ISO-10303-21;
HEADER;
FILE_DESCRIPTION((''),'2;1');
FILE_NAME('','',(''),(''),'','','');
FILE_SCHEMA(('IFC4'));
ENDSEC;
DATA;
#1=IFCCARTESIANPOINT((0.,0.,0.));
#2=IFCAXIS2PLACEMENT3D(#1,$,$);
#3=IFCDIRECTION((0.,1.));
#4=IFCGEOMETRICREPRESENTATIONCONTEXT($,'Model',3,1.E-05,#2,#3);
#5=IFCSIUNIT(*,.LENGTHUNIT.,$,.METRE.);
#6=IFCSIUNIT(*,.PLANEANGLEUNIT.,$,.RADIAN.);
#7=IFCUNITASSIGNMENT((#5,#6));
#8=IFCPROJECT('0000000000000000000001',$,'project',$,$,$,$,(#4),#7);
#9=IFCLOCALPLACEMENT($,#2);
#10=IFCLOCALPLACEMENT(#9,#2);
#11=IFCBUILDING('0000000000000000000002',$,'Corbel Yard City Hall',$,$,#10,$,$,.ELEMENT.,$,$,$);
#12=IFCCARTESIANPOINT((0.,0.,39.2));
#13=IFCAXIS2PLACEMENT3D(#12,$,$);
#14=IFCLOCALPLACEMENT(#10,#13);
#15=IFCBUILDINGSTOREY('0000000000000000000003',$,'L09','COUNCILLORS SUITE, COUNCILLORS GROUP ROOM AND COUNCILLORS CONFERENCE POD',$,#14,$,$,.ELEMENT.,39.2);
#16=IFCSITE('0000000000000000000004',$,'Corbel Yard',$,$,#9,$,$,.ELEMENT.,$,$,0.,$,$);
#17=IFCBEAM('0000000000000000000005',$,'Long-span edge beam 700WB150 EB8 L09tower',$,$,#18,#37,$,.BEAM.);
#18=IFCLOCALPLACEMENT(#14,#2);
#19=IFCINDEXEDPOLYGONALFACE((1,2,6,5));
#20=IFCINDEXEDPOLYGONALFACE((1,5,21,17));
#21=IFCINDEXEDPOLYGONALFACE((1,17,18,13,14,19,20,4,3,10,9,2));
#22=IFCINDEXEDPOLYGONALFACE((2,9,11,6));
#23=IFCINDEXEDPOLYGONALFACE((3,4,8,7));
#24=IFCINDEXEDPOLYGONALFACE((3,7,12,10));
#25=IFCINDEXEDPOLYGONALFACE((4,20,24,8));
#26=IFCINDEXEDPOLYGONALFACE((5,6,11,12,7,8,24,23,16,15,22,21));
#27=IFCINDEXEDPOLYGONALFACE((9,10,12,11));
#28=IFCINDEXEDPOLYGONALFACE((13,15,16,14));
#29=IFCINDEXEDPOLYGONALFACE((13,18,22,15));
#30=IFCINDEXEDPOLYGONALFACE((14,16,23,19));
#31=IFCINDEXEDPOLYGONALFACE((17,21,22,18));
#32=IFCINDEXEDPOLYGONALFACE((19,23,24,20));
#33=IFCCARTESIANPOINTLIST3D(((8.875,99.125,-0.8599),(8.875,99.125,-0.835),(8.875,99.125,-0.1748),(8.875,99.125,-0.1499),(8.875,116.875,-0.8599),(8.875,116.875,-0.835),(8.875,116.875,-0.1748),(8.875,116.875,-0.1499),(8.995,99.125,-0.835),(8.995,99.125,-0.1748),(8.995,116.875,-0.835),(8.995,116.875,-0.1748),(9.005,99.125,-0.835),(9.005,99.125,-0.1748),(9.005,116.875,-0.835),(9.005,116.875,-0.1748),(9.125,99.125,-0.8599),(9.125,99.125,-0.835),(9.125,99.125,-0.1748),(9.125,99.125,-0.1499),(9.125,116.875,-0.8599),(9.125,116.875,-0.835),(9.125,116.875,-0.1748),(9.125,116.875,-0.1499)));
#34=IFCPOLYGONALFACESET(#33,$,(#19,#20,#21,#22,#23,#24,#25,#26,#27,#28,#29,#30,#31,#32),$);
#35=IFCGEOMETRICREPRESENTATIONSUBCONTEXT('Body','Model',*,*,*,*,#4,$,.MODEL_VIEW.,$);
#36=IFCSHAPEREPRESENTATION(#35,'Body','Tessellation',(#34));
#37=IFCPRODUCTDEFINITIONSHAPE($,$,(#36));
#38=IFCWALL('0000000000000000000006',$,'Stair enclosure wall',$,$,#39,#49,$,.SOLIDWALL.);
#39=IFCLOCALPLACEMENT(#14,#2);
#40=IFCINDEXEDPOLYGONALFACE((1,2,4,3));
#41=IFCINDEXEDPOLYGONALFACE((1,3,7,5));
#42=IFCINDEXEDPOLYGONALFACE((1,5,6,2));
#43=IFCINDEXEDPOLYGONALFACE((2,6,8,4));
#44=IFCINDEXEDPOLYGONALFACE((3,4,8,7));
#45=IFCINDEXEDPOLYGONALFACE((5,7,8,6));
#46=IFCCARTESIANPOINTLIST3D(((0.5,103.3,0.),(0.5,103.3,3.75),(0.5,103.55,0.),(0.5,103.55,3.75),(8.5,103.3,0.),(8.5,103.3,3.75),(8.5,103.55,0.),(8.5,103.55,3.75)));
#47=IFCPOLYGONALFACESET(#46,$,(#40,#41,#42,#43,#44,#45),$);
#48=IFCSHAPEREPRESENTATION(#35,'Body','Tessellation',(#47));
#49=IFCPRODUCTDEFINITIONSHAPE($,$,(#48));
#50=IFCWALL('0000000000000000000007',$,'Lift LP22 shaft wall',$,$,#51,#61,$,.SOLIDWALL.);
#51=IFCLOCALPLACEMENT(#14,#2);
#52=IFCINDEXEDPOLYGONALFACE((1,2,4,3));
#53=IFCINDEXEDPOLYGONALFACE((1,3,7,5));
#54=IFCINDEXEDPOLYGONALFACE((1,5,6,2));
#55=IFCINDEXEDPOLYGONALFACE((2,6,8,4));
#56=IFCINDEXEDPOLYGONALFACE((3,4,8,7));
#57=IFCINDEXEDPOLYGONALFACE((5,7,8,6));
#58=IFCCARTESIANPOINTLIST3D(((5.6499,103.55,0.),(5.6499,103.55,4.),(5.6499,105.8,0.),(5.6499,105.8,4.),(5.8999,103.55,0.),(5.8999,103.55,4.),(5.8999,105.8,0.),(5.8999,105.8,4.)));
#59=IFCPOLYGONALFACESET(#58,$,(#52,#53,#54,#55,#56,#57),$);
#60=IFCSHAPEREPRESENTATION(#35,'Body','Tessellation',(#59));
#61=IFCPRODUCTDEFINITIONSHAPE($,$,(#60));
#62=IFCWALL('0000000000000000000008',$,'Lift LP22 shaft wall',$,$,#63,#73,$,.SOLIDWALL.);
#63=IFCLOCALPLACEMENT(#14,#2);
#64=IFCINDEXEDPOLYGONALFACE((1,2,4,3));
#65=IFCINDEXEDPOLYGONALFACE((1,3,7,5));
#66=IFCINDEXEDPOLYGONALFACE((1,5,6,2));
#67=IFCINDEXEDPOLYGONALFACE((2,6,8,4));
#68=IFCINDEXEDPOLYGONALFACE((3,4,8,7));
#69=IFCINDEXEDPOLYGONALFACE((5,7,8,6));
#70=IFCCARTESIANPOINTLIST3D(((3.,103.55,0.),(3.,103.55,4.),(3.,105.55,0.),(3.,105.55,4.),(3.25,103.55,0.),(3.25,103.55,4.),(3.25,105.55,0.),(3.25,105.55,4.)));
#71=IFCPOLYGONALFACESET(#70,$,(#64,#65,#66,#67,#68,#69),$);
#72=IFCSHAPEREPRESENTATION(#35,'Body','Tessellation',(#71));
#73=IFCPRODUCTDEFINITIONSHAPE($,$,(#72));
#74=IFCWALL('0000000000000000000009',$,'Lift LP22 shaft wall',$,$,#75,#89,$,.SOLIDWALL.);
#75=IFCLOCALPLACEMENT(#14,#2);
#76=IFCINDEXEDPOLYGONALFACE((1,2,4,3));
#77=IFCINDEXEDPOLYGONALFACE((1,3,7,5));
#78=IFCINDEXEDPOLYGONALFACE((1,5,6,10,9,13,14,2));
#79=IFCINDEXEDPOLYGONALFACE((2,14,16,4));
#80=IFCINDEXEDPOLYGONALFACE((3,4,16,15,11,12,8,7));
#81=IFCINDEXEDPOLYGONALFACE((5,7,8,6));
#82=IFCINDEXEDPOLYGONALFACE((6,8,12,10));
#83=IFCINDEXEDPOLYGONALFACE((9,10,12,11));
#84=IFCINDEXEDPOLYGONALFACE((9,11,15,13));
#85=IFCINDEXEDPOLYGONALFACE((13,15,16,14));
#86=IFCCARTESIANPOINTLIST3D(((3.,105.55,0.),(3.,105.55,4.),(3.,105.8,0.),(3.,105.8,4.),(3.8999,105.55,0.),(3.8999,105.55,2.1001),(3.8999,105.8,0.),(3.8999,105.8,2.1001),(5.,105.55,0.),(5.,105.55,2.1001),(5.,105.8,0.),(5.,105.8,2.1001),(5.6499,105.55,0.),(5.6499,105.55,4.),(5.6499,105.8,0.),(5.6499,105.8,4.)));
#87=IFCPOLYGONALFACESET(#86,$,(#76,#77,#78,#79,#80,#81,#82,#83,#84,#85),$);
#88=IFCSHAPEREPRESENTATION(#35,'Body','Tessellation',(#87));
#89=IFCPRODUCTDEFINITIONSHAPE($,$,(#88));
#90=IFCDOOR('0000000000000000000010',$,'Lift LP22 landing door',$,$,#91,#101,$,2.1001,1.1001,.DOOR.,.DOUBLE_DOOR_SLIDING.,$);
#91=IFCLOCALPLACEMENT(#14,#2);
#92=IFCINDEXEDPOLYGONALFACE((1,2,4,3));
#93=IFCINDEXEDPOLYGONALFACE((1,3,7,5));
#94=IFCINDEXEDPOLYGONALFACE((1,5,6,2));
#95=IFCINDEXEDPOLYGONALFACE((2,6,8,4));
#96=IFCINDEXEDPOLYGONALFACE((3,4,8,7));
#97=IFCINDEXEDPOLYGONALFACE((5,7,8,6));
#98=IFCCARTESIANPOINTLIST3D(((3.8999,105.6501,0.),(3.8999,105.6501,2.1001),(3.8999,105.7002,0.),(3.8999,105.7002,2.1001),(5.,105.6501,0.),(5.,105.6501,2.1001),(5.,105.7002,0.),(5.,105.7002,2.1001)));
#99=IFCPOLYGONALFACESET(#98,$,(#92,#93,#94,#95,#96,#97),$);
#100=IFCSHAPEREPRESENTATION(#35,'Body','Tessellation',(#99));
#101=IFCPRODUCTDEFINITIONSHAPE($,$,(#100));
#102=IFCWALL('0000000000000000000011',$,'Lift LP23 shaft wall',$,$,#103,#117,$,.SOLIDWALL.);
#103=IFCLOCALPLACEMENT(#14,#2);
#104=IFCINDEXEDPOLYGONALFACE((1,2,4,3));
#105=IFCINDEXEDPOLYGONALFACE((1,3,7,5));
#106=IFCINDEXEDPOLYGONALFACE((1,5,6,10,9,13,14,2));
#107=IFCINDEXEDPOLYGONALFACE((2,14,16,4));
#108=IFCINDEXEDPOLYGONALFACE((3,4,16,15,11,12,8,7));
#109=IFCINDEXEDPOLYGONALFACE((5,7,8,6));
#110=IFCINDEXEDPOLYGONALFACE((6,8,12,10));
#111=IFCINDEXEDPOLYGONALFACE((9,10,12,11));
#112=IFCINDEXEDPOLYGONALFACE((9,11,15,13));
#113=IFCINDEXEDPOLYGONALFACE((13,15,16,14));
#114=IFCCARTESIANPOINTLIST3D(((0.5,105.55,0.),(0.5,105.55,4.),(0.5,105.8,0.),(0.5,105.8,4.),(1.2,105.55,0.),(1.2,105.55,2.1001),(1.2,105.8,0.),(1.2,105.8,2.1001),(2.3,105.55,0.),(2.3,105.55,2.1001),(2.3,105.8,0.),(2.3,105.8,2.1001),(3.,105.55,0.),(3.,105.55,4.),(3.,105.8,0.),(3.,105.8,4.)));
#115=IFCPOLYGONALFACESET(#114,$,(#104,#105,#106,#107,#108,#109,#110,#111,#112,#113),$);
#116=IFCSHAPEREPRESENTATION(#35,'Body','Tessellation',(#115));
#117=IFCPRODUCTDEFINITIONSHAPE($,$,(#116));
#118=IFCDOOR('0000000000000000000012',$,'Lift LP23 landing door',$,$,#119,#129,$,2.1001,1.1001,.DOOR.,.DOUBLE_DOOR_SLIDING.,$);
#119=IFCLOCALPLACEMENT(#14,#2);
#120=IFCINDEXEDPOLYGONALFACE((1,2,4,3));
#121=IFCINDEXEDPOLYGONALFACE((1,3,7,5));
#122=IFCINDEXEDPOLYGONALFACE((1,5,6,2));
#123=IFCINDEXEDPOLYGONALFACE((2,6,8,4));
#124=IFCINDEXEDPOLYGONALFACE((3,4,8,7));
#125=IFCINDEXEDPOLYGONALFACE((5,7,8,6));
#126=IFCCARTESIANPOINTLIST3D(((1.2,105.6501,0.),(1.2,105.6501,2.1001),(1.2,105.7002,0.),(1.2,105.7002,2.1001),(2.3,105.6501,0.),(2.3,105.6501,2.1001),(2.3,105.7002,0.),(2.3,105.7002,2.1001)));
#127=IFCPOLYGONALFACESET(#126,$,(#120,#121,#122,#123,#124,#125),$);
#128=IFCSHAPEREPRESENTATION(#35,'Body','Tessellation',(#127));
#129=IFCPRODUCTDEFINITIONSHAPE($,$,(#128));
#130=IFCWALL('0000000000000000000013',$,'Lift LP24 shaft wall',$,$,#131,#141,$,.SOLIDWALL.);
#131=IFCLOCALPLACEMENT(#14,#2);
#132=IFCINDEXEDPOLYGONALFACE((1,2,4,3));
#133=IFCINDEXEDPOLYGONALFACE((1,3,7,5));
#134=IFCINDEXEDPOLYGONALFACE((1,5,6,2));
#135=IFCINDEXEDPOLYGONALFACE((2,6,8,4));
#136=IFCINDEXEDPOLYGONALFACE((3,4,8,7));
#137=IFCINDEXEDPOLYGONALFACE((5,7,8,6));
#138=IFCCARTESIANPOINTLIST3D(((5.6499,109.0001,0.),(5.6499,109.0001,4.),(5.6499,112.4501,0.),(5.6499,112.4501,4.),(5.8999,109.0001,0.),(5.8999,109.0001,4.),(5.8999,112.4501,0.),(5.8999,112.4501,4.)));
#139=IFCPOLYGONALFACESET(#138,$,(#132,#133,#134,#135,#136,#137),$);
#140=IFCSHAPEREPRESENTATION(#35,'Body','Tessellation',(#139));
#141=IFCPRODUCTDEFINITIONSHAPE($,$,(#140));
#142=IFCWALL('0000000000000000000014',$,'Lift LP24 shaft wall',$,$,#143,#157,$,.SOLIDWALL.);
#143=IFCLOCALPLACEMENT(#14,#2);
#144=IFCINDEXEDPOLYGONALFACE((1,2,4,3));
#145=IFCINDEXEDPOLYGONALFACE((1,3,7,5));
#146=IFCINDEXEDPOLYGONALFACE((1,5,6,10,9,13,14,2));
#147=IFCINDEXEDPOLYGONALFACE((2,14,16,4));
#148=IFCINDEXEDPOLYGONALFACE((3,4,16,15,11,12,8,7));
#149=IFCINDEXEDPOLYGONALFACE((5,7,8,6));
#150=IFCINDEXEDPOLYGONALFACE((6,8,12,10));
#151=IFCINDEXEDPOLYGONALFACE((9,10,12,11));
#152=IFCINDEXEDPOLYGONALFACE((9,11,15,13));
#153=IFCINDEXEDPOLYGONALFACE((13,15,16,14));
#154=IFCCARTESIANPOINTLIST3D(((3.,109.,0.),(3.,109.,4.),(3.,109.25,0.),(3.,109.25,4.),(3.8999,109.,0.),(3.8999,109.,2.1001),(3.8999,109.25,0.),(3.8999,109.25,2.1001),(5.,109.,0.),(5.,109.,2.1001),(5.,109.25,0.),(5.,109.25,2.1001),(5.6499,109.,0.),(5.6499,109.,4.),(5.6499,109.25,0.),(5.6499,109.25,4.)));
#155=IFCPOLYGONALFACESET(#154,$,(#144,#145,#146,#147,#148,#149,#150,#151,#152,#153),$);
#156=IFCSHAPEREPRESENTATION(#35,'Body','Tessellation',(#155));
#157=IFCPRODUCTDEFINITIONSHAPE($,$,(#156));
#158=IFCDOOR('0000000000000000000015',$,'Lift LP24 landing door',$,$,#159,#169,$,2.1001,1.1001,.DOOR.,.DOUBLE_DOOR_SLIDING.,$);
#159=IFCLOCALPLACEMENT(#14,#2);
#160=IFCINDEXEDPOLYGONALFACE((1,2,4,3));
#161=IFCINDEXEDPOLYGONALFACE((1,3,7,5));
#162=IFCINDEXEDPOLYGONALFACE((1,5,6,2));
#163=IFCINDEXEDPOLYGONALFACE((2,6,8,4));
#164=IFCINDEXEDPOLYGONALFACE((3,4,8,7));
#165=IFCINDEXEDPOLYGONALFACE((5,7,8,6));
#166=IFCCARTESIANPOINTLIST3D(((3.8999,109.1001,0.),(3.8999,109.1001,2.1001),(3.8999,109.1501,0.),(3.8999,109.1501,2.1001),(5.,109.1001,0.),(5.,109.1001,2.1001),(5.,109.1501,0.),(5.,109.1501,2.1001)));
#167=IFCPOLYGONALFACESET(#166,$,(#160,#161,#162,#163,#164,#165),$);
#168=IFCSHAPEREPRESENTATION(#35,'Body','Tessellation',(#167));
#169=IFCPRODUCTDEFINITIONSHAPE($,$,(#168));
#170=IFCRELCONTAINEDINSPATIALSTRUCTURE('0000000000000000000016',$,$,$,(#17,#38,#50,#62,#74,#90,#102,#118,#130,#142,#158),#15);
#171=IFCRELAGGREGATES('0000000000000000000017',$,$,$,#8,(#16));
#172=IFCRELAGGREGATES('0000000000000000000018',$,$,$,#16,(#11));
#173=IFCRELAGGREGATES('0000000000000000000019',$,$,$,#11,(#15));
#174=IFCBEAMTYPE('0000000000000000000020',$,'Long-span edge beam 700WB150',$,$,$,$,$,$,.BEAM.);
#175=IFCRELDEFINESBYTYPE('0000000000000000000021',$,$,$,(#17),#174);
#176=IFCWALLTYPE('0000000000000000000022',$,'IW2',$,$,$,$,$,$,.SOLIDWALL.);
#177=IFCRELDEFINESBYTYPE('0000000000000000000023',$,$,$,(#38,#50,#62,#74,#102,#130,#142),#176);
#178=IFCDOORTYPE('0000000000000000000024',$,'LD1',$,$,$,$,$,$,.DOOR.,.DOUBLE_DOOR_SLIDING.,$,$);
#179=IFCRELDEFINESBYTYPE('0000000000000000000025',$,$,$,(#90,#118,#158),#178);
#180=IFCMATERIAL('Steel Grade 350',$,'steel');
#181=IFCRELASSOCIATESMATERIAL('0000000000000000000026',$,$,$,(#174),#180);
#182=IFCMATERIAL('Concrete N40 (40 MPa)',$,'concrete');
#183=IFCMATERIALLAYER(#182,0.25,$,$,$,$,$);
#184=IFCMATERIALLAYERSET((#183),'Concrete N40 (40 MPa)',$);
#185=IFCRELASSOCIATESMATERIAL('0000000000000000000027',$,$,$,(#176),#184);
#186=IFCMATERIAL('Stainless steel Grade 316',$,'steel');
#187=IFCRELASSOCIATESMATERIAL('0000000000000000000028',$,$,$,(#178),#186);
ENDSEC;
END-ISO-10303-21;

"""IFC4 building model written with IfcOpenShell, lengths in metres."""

from ifc_helpers import new_model, si_unit, direction, frame, frame_2d, origin, origin_2d, place, context, subcontext, project, spatial, rectangle, i_section, extrude, material, layer, layer_set, material_profile, profile_set, type_object, element, fill, save


model = new_model("IFC4")

# Units and contexts
model_context = context("Model", 3, precision=1e-05, world=origin(), true_north=direction((0.0, 1.0)))
body_context = subcontext(model_context, "Body", "Model", "MODEL_VIEW")
ifc_project = project(units=[si_unit("LENGTHUNIT", "METRE"), si_unit("PLANEANGLEUNIT", "RADIAN")], contexts=[model_context])

# Site, building, storey
site_placement = place(None, origin())
site = spatial("IfcSite", under=ifc_project, at=site_placement, Name="Corbel Yard", CompositionType="ELEMENT", RefElevation=0.0)
building_placement = place(site_placement, origin())
building = spatial("IfcBuilding", under=site, at=building_placement, Name="Corbel Yard City Hall", CompositionType="ELEMENT")
storey_placement = place(building_placement, frame((0.0, 0.0, 39.2)))
storey = spatial("IfcBuildingStorey", under=building, at=storey_placement, Name="L09", Description="COUNCILLORS SUITE, COUNCILLORS GROUP ROOM AND COUNCILLORS CONFERENCE POD", CompositionType="ELEMENT", Elevation=39.2)

# Beam
ifc_material_1 = material(Name="Steel Grade 350", Category="steel")
ifc_material_profile = material_profile(ifc_material_1, i_section(OverallWidth=0.25, OverallDepth=0.71, WebThickness=0.01, FlangeThickness=0.0249, at=origin_2d()), Name="700WB150")
ifc_profile_set = profile_set([ifc_material_profile], Name="Steel Grade 350")
beam_type = type_object("IfcBeamType", Name="Long-span edge beam 700WB150", PredefinedType="BEAM", material=ifc_profile_set)
beam_placement = place(storey_placement, frame((9.0, 99.125, -0.5049), z_axis=(0.0, 1.0, 0.0), x_axis=(-1.0, 0.0, 0.0)))
element("IfcBeam", 1, at=beam_placement, inside=storey, type_object=beam_type, Name="Long-span edge beam 700WB150 EB8 L09tower", PredefinedType="BEAM", context=body_context, shape_type="SweptSolid", body=[
    extrude(i_section(OverallWidth=0.25, OverallDepth=0.71, WebThickness=0.01, FlangeThickness=0.0249, at=origin_2d()), origin(), (0.0, 0.0, 1.0), 17.75),
])

# Walls
ifc_material_2 = material(Name="Concrete N40 (40 MPa)", Category="concrete")
ifc_layer_1 = layer(ifc_material_2, 0.25)
ifc_layer_set_1 = layer_set([ifc_layer_1], Name="Concrete N40 (40 MPa)")
wall_type_1 = type_object("IfcWallType", Name="IW2", PredefinedType="SOLIDWALL", material=ifc_layer_set_1)
wall_1_placement = place(storey_placement, frame((8.5, 103.425, 0.0), z_axis=(0.0, 0.0, 1.0), x_axis=(-1.0, 0.0, 0.0)))
element("IfcWall", 2, at=wall_1_placement, inside=storey, type_object=wall_type_1, Name="Stair enclosure wall", PredefinedType="SOLIDWALL", context=body_context, shape_type="SweptSolid", body=[
    extrude(rectangle(XDim=8.0, YDim=0.25, at=frame_2d((4.0, 0.0))), origin(), (0.0, 0.0, 1.0), 3.75),
])
wall_2_placement = place(storey_placement, frame((5.7749, 103.55, 0.0), z_axis=(0.0, 0.0, 1.0), x_axis=(0.0, 1.0, 0.0)))
element("IfcWall", 3, at=wall_2_placement, inside=storey, type_object=wall_type_1, Name="Lift LP22 shaft wall", PredefinedType="SOLIDWALL", context=body_context, shape_type="SweptSolid", body=[
    extrude(rectangle(XDim=2.25, YDim=0.25, at=frame_2d((1.125, 0.0))), origin(), (0.0, 0.0, 1.0), 4.0),
])
wall_3_placement = place(storey_placement, frame((3.125, 103.55, 0.0), z_axis=(0.0, 0.0, 1.0), x_axis=(0.0, 1.0, 0.0)))
element("IfcWall", 4, at=wall_3_placement, inside=storey, type_object=wall_type_1, Name="Lift LP22 shaft wall", PredefinedType="SOLIDWALL", context=body_context, shape_type="SweptSolid", body=[
    extrude(rectangle(XDim=2.0, YDim=0.25, at=frame_2d((1.0, 0.0))), origin(), (0.0, 0.0, 1.0), 4.0),
])

# Walls, openings, doors
wall_4_placement = place(storey_placement, frame((5.6499, 105.675, 0.0), z_axis=(0.0, 0.0, 1.0), x_axis=(-1.0, 0.0, 0.0)))
wall_4 = element("IfcWall", 5, at=wall_4_placement, inside=storey, type_object=wall_type_1, Name="Lift LP22 shaft wall", PredefinedType="SOLIDWALL", context=body_context, shape_type="SweptSolid", body=[
    extrude(rectangle(XDim=2.6499, YDim=0.25, at=frame_2d((1.325, 0.0))), origin(), (0.0, 0.0, 1.0), 4.0),
])
opening_1_placement = place(wall_4_placement, frame((0.6499, 0.0, 0.0)))
opening_1 = element("IfcOpeningElement", 6, at=opening_1_placement, cuts=wall_4, PredefinedType="OPENING", context=body_context, shape_type="SweptSolid", body=[
    extrude(rectangle(XDim=1.1001, YDim=2.1001, at=frame_2d((0.55, 1.05))), frame((0.0, 0.135, 0.0), z_axis=(0.0, -1.0, 0.0), x_axis=(1.0, 0.0, 0.0)), (0.0, 0.0, 1.0), 0.27),
])
ifc_material_3 = material(Name="Stainless steel Grade 316", Category="steel")
door_type_1 = type_object("IfcDoorType", Name="LD1", OperationType="DOUBLE_DOOR_SLIDING", PredefinedType="DOOR", material=ifc_material_3)
door_1_placement = place(opening_1_placement, origin())
door_1 = element("IfcDoor", 7, at=door_1_placement, inside=storey, type_object=door_type_1, Name="Lift LP22 landing door", OperationType="DOUBLE_DOOR_SLIDING", OverallHeight=2.1001, OverallWidth=1.1001, PredefinedType="DOOR", context=body_context, shape_type="SweptSolid", body=[
    extrude(rectangle(XDim=1.1001, YDim=2.1001, at=frame_2d((0.55, 1.05))), frame((0.0, 0.0249, 0.0), z_axis=(0.0, -1.0, 0.0), x_axis=(1.0, 0.0, 0.0)), (0.0, 0.0, 1.0), 0.05),
])
fill(opening_1, door_1)
wall_5_placement = place(storey_placement, frame((3.0, 105.675, 0.0), z_axis=(0.0, 0.0, 1.0), x_axis=(-1.0, 0.0, 0.0)))
wall_5 = element("IfcWall", 8, at=wall_5_placement, inside=storey, type_object=wall_type_1, Name="Lift LP23 shaft wall", PredefinedType="SOLIDWALL", context=body_context, shape_type="SweptSolid", body=[
    extrude(rectangle(XDim=2.5, YDim=0.25, at=frame_2d((1.25, 0.0))), origin(), (0.0, 0.0, 1.0), 4.0),
])
opening_2_placement = place(wall_5_placement, frame((0.7, 0.0, 0.0)))
opening_2 = element("IfcOpeningElement", 9, at=opening_2_placement, cuts=wall_5, PredefinedType="OPENING", context=body_context, shape_type="SweptSolid", body=[
    extrude(rectangle(XDim=1.1001, YDim=2.1001, at=frame_2d((0.55, 1.05))), frame((0.0, 0.135, 0.0), z_axis=(0.0, -1.0, 0.0), x_axis=(1.0, 0.0, 0.0)), (0.0, 0.0, 1.0), 0.27),
])
door_2_placement = place(opening_2_placement, origin())
door_2 = element("IfcDoor", 10, at=door_2_placement, inside=storey, type_object=door_type_1, Name="Lift LP23 landing door", OperationType="DOUBLE_DOOR_SLIDING", OverallHeight=2.1001, OverallWidth=1.1001, PredefinedType="DOOR", context=body_context, shape_type="SweptSolid", body=[
    extrude(rectangle(XDim=1.1001, YDim=2.1001, at=frame_2d((0.55, 1.05))), frame((0.0, 0.0249, 0.0), z_axis=(0.0, -1.0, 0.0), x_axis=(1.0, 0.0, 0.0)), (0.0, 0.0, 1.0), 0.05),
])
fill(opening_2, door_2)

# Wall
wall_6_placement = place(storey_placement, frame((5.7749, 109.0, 0.0), z_axis=(0.0, 0.0, 1.0), x_axis=(0.0, 1.0, 0.0)))
element("IfcWall", 11, at=wall_6_placement, inside=storey, type_object=wall_type_1, Name="Lift LP24 shaft wall", PredefinedType="SOLIDWALL", context=body_context, shape_type="SweptSolid", body=[
    extrude(rectangle(XDim=3.45, YDim=0.25, at=frame_2d((1.7251, 0.0))), origin(), (0.0, 0.0, 1.0), 4.0),
])

# Wall, opening, door
wall_7_placement = place(storey_placement, frame((5.6499, 109.125, 0.0), z_axis=(0.0, 0.0, 1.0), x_axis=(-1.0, 0.0, 0.0)))
wall_7 = element("IfcWall", 12, at=wall_7_placement, inside=storey, type_object=wall_type_1, Name="Lift LP24 shaft wall", PredefinedType="SOLIDWALL", context=body_context, shape_type="SweptSolid", body=[
    extrude(rectangle(XDim=2.6499, YDim=0.25, at=frame_2d((1.325, 0.0))), origin(), (0.0, 0.0, 1.0), 4.0),
])
opening_3_placement = place(wall_7_placement, frame((0.6499, 0.0, 0.0)))
opening_3 = element("IfcOpeningElement", 13, at=opening_3_placement, cuts=wall_7, PredefinedType="OPENING", context=body_context, shape_type="SweptSolid", body=[
    extrude(rectangle(XDim=1.1001, YDim=2.1001, at=frame_2d((0.55, 1.05))), frame((0.0, 0.135, 0.0), z_axis=(0.0, -1.0, 0.0), x_axis=(1.0, 0.0, 0.0)), (0.0, 0.0, 1.0), 0.27),
])
door_3_placement = place(opening_3_placement, origin())
door_3 = element("IfcDoor", 14, at=door_3_placement, inside=storey, type_object=door_type_1, Name="Lift LP24 landing door", OperationType="DOUBLE_DOOR_SLIDING", OverallHeight=2.1001, OverallWidth=1.1001, PredefinedType="DOOR", context=body_context, shape_type="SweptSolid", body=[
    extrude(rectangle(XDim=1.1001, YDim=2.1001, at=frame_2d((0.55, 1.05))), frame((0.0, 0.0249, 0.0), z_axis=(0.0, -1.0, 0.0), x_axis=(1.0, 0.0, 0.0)), (0.0, 0.0, 1.0), 0.05),
])
fill(opening_3, door_3)

save(model, "model.ifc")
